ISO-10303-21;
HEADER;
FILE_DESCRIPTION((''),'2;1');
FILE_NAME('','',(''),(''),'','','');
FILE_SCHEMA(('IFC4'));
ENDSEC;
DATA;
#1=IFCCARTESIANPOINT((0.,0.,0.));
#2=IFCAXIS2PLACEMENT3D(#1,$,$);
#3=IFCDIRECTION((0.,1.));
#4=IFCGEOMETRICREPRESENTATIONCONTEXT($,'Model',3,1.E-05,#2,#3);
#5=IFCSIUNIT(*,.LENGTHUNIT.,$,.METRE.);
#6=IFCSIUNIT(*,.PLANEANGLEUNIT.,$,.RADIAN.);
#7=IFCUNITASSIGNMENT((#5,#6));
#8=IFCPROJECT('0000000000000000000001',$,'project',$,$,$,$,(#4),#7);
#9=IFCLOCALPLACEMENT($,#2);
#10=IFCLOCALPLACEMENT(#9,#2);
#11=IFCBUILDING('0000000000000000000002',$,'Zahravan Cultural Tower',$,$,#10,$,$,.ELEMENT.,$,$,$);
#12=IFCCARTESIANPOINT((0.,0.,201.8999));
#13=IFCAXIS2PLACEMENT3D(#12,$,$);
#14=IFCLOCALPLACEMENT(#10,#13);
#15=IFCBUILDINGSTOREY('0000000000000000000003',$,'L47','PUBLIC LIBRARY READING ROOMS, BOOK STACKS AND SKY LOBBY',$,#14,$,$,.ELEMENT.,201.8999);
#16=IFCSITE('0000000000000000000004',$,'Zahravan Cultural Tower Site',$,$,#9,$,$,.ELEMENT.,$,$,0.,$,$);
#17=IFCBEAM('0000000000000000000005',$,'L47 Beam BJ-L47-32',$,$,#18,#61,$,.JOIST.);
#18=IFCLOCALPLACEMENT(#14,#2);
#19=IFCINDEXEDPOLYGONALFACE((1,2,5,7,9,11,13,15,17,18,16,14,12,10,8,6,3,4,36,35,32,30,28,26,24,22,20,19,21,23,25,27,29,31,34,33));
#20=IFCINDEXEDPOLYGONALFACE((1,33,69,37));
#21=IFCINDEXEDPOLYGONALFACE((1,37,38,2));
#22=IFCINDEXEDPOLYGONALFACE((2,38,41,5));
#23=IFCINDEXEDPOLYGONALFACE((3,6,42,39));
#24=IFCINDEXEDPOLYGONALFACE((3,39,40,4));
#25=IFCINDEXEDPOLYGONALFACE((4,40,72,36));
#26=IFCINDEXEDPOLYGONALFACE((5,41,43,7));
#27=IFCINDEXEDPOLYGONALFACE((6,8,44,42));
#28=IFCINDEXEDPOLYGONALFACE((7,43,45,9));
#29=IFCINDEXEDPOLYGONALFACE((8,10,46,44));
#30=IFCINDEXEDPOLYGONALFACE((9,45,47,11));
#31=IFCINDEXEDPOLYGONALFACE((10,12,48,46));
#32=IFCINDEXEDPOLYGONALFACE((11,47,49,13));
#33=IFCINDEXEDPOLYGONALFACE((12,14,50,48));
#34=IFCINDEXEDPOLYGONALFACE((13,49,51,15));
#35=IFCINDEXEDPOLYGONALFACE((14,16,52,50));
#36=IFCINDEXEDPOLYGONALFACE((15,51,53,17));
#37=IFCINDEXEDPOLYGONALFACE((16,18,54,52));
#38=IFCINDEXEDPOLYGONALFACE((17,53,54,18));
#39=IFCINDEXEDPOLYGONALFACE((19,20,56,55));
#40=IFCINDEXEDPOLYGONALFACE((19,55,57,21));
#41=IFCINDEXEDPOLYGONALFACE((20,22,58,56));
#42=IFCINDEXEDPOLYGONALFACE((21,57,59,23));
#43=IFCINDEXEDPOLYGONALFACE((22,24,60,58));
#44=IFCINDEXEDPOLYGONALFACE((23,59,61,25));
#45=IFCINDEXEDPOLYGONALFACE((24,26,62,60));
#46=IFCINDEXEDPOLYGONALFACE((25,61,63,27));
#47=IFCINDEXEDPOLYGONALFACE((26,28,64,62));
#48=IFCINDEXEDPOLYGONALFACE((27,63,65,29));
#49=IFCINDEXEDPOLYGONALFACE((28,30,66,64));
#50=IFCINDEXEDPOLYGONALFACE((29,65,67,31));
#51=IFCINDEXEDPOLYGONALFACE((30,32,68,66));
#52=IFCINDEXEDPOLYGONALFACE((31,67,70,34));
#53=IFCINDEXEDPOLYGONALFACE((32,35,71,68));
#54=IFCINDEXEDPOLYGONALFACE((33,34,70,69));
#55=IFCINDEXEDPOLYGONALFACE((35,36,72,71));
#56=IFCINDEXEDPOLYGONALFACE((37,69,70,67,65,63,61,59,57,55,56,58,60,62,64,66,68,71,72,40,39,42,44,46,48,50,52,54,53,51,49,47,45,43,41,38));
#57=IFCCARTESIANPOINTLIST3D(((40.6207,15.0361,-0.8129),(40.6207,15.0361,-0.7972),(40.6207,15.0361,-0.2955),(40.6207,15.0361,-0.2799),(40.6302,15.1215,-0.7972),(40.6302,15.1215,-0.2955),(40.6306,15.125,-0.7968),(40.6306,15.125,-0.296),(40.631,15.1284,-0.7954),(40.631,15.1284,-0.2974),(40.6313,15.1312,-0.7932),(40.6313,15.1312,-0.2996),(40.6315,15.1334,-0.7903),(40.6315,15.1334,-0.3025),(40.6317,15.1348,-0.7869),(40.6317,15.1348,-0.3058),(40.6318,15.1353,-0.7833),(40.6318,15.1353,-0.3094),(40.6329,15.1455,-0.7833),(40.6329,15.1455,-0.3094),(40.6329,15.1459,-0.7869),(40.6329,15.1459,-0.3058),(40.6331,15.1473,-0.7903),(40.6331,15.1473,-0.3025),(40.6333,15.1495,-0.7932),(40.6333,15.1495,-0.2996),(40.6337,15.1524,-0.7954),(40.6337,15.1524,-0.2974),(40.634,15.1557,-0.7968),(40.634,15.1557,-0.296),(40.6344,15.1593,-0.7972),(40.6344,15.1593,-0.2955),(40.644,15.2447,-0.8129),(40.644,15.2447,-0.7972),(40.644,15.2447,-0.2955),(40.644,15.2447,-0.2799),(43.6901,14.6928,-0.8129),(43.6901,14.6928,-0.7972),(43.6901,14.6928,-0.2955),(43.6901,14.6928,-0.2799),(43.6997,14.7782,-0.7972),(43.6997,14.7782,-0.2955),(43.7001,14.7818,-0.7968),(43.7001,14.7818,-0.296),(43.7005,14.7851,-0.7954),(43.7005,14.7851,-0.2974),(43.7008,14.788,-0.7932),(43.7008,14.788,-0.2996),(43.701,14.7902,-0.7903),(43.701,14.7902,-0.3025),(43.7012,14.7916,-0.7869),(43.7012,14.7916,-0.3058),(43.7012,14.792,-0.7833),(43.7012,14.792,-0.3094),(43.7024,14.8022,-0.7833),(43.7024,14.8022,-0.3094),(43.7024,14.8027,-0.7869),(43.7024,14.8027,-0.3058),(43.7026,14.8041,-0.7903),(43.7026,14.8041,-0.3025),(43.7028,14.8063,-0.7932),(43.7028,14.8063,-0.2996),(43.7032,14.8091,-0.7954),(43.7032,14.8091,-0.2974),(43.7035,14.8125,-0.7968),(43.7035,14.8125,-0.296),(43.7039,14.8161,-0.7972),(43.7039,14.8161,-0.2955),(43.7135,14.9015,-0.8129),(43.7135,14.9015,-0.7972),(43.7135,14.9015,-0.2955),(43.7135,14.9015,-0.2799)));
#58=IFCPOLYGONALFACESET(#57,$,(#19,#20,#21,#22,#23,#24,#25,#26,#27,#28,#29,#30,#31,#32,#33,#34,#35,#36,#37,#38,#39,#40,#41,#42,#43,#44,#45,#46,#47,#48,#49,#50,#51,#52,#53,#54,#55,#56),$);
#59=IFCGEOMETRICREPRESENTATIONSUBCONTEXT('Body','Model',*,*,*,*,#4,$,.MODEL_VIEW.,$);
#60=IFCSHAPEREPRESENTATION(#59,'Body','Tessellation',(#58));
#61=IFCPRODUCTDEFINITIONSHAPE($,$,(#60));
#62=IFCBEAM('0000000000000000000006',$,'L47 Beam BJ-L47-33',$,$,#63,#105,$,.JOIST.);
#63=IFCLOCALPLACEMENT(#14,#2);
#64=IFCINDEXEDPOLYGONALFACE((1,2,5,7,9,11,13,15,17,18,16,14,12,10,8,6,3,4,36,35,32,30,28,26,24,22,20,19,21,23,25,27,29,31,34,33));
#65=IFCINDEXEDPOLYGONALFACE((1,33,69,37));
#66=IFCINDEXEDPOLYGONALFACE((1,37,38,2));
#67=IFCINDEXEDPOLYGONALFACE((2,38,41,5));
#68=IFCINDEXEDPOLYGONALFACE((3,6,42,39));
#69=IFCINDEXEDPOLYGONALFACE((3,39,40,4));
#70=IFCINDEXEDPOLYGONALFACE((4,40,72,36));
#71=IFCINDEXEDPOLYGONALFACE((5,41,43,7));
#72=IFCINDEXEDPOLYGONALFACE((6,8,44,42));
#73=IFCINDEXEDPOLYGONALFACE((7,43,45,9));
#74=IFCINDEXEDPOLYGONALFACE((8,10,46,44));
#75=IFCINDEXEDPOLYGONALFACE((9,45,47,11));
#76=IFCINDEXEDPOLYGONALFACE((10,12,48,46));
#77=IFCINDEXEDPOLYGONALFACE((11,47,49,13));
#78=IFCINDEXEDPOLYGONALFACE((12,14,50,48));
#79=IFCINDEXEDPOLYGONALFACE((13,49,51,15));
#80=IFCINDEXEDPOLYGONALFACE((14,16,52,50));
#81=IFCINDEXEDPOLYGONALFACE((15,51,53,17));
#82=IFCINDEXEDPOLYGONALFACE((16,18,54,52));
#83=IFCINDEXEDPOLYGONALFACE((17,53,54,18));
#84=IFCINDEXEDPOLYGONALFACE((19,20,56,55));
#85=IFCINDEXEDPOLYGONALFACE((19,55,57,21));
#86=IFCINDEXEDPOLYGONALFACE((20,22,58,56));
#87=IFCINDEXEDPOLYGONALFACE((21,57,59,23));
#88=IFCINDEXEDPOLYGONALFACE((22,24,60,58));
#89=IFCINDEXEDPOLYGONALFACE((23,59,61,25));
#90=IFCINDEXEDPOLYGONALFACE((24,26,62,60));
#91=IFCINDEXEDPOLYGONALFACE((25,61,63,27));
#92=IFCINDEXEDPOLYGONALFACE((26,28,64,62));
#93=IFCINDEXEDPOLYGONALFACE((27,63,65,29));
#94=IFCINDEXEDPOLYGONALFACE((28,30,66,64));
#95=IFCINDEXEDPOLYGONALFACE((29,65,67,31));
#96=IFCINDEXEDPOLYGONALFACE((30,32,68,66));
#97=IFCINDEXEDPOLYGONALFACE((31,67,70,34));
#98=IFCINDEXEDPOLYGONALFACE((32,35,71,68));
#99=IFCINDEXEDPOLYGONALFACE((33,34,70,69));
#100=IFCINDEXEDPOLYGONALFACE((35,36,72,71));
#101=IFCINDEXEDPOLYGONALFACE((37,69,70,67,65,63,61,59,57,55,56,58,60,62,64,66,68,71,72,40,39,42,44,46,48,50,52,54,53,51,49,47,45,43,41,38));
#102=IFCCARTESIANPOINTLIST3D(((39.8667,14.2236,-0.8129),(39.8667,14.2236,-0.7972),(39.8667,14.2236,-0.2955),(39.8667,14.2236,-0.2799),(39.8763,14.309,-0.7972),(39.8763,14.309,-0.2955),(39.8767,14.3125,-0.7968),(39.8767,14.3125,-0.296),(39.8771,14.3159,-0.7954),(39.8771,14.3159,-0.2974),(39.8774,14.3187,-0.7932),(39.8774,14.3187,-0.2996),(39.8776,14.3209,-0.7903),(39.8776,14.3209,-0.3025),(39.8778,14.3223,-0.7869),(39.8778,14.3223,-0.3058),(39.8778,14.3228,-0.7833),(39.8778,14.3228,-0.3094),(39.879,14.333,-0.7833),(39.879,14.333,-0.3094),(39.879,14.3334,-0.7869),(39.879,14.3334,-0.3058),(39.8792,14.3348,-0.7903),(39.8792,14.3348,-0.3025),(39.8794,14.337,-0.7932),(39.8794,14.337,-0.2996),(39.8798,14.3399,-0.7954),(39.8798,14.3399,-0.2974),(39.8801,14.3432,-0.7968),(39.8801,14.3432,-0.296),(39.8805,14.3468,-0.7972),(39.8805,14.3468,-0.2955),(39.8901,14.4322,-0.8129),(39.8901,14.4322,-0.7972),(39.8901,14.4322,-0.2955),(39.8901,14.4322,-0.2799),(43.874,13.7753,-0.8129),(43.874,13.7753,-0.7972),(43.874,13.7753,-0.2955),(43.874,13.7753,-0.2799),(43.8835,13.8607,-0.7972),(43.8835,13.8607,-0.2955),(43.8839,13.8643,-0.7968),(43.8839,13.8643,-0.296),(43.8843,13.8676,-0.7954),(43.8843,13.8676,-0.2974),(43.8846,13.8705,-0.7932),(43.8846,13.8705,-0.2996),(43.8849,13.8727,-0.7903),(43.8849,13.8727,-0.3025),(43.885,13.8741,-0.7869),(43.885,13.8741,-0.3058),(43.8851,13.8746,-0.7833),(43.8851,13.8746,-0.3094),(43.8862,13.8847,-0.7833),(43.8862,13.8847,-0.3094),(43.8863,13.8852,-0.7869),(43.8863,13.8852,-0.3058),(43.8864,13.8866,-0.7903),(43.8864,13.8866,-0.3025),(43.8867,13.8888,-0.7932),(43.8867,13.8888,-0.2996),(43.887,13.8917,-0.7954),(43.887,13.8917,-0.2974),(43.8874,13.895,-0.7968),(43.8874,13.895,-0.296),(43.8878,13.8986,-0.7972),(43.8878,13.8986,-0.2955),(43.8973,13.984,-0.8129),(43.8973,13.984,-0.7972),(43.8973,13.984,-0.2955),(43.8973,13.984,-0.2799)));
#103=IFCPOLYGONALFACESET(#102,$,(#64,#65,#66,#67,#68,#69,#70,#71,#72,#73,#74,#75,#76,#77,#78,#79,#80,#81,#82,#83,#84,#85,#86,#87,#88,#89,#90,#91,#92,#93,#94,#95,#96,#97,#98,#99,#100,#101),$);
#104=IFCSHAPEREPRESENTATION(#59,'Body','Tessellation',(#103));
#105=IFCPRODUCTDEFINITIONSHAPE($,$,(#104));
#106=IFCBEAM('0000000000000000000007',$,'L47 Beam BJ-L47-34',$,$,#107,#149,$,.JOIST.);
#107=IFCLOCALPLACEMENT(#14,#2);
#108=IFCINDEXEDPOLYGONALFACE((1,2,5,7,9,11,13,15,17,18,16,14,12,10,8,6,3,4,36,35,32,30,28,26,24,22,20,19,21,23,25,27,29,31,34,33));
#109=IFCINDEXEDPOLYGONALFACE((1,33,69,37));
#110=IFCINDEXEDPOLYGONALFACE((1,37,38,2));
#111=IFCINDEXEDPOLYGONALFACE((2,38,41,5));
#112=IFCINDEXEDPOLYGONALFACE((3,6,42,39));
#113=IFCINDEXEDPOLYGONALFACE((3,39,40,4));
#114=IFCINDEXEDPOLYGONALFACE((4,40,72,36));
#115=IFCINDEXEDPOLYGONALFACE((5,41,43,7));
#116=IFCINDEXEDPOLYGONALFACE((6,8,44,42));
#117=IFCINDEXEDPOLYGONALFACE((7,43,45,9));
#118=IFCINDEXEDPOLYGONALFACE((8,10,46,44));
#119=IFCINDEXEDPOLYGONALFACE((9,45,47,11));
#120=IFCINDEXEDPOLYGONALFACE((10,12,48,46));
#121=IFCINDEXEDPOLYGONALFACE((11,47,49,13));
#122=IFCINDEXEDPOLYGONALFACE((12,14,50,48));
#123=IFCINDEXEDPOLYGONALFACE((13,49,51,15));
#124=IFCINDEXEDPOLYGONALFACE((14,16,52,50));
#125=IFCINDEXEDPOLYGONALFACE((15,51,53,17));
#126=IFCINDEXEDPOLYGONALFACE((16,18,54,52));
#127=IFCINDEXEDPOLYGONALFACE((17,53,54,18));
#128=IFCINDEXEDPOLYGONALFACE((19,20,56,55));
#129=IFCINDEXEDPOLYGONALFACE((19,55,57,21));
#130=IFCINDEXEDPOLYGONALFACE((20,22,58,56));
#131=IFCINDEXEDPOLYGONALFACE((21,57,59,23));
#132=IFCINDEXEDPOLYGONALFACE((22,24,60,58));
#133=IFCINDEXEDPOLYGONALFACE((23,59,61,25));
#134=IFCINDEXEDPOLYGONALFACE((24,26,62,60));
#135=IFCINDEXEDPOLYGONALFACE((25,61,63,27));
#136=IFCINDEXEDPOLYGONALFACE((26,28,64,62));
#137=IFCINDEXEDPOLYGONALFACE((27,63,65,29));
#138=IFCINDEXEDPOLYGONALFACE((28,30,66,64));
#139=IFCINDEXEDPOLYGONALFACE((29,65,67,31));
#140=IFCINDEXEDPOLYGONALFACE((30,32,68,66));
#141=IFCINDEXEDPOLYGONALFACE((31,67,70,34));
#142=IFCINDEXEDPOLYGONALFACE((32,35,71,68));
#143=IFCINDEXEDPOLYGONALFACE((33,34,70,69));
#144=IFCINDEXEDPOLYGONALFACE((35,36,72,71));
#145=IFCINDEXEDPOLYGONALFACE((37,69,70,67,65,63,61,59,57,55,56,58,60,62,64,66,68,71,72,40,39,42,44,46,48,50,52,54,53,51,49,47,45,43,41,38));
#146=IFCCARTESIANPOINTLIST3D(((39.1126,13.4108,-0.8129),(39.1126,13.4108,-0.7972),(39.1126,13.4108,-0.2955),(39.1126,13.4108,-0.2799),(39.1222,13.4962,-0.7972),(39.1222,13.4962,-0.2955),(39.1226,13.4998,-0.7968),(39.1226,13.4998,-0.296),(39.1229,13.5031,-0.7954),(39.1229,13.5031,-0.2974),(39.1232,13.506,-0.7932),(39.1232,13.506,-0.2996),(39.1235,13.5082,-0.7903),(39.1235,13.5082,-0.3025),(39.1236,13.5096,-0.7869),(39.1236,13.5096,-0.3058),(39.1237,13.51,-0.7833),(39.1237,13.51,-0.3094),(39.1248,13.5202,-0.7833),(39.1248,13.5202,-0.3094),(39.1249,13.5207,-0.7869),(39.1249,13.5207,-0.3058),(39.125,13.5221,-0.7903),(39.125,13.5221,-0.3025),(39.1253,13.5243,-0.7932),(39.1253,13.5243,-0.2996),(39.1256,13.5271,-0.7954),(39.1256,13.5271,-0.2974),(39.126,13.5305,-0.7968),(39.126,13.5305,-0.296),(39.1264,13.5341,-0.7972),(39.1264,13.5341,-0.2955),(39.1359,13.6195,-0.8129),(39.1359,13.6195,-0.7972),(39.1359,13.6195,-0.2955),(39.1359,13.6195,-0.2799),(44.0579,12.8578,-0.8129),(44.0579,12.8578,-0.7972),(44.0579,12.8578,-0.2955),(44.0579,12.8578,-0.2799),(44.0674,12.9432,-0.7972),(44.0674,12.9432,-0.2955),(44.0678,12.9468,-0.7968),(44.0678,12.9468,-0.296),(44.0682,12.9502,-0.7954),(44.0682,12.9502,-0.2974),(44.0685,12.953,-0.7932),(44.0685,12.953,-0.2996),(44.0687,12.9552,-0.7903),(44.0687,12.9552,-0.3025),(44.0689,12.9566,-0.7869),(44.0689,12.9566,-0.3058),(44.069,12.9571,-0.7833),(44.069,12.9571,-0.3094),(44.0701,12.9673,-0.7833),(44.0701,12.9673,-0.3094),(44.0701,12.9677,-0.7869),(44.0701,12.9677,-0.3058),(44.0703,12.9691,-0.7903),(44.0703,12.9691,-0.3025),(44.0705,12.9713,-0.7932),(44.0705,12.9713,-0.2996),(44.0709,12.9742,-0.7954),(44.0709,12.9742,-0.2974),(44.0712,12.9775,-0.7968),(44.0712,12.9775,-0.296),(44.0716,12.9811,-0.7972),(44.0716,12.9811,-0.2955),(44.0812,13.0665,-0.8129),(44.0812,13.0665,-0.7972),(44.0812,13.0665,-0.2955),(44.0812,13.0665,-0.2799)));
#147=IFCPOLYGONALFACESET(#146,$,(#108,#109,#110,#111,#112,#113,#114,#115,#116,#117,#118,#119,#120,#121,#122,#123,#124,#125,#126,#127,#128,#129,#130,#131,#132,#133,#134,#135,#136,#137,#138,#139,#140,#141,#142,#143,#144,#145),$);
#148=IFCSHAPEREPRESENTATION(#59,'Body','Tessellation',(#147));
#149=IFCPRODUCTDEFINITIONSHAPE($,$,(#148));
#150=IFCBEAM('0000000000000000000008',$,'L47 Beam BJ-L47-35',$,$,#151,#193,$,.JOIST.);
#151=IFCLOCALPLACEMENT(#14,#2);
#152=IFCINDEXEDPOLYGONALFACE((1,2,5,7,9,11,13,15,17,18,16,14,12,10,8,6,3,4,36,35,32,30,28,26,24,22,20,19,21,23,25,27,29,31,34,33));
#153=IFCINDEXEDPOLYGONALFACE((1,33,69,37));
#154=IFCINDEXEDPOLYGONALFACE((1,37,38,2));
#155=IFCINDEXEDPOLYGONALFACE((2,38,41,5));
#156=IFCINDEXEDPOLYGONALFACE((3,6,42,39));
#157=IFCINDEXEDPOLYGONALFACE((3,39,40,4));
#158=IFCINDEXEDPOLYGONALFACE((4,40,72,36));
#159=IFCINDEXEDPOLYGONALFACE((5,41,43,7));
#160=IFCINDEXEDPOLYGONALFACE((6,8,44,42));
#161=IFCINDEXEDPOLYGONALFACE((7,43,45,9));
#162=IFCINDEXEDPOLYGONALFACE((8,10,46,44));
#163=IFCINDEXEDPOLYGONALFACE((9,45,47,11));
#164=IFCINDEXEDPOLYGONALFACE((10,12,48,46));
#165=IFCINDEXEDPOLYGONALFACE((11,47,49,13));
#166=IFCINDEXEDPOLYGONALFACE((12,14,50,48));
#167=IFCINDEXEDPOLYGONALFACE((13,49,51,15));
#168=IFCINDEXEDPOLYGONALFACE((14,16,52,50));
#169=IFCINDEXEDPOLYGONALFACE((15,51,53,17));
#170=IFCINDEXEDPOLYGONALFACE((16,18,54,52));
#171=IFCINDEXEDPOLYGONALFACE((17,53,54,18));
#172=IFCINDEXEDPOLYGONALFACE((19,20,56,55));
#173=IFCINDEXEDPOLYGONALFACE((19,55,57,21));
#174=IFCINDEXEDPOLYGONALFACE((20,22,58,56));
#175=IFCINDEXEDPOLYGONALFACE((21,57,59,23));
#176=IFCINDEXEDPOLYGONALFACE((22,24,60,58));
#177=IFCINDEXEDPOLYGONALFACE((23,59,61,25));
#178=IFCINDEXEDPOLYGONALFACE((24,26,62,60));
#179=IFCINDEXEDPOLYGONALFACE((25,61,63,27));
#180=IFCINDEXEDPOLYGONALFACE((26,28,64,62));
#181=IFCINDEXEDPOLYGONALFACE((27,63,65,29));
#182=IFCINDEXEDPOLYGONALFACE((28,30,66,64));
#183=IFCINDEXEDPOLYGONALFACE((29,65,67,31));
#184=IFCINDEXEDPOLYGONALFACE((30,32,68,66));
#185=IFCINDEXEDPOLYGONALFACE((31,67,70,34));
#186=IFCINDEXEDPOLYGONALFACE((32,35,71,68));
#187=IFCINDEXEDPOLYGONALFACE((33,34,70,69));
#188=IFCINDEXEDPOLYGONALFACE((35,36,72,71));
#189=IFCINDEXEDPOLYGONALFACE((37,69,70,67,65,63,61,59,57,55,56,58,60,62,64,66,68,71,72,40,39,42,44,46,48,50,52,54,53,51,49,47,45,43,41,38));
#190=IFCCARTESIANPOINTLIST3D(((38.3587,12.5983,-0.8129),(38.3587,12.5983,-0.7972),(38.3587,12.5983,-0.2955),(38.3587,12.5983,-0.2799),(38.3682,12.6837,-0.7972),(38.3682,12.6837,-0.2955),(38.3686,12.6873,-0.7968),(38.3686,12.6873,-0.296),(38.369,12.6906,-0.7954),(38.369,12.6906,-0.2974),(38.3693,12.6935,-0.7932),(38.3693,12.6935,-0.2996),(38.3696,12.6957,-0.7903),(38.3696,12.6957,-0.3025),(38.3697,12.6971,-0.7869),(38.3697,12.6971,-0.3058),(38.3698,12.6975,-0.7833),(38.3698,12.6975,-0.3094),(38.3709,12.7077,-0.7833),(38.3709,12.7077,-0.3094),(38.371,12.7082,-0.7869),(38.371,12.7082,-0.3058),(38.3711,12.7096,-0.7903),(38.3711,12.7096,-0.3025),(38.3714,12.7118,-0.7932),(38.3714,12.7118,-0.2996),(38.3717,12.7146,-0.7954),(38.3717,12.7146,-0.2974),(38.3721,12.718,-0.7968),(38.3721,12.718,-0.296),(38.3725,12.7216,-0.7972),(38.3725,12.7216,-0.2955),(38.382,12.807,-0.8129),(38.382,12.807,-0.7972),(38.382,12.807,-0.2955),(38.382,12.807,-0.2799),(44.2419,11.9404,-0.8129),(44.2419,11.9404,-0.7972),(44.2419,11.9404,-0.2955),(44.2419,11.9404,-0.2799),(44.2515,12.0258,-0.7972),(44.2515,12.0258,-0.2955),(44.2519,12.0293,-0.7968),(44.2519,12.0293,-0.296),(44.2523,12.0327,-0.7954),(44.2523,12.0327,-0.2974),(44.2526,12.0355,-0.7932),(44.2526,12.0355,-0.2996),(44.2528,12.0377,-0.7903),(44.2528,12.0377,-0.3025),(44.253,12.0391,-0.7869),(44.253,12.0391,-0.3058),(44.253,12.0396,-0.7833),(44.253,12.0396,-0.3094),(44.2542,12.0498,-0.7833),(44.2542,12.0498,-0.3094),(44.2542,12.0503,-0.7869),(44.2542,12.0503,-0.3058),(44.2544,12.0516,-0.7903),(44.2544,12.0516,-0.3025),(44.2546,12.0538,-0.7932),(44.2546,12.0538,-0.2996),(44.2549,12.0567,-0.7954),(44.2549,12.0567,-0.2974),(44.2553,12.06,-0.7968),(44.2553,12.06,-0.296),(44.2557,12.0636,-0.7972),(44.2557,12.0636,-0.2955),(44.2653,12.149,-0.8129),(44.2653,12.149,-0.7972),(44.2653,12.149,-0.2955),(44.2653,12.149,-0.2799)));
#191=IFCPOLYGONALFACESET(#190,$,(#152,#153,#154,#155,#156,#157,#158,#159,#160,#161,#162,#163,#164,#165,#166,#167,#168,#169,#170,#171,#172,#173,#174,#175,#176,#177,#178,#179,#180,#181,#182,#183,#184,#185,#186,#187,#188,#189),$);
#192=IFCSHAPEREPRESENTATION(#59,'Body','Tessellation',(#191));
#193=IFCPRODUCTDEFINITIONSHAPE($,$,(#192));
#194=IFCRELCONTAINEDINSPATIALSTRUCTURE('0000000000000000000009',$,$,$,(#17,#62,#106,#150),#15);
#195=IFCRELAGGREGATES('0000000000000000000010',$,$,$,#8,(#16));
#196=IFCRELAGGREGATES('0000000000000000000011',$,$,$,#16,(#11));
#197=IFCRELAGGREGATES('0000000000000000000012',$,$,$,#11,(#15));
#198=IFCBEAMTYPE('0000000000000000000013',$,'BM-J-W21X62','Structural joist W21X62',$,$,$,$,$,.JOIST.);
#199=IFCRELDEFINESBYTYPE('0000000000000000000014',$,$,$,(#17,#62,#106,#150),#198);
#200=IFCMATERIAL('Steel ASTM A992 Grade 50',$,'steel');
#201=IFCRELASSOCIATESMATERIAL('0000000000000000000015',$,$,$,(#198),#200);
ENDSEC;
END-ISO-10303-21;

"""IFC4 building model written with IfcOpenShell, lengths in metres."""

from ifc_helpers import new_model, si_unit, direction, frame, origin, origin_2d, place, context, subcontext, project, spatial, i_section, extrude, source, transform, mapped, material, material_profile, profile_set, type_object, element, save


model = new_model("IFC4")

# Units and contexts
model_context = context("Model", 3, precision=1e-05, world=origin(), true_north=direction((0.0, 1.0)))
body_context = subcontext(model_context, "Body", "Model", "MODEL_VIEW")
ifc_project = project(units=[si_unit("LENGTHUNIT", "METRE"), si_unit("PLANEANGLEUNIT", "RADIAN")], contexts=[model_context])

# Site, building, storey
site_placement = place(None, origin())
site = spatial("IfcSite", under=ifc_project, at=site_placement, Name="Zahravan Cultural Tower Site", CompositionType="ELEMENT", RefElevation=0.0)
building_placement = place(site_placement, origin())
building = spatial("IfcBuilding", under=site, at=building_placement, Name="Zahravan Cultural Tower", CompositionType="ELEMENT")
storey_placement = place(building_placement, frame((0.0, 0.0, 201.8999)))
storey = spatial("IfcBuildingStorey", under=building, at=storey_placement, Name="L47", Description="PUBLIC LIBRARY READING ROOMS, BOOK STACKS AND SKY LOBBY", CompositionType="ELEMENT", Elevation=201.8999)

# Shared definitions
ifc_material_1 = material(Name="Steel ASTM A992 Grade 50", Category="steel")

# Beams
ifc_material_profile_1 = material_profile(ifc_material_1, i_section(OverallWidth=0.21, OverallDepth=0.533, WebThickness=0.0103, FlangeThickness=0.0156, FilletRadius=0.0139, at=origin_2d()), Name="W21X62")
ifc_profile_set_1 = profile_set([ifc_material_profile_1], Name="Steel ASTM A992 Grade 50")
beam_type_1 = type_object("IfcBeamType", Name="BM-J-W21X62", Description="Structural joist W21X62", PredefinedType="JOIST", material=ifc_profile_set_1)
shared_shape_1 = source(origin(), body_context, "Body", "SweptSolid", [
    extrude(i_section(OverallWidth=0.21, OverallDepth=0.533, WebThickness=0.0103, FlangeThickness=0.0156, FilletRadius=0.0139, at=origin_2d()), origin(), (0.0, 0.0, 1.0), 3.0886),
])
beam_1_placement = place(storey_placement, frame((40.6323, 15.1404, -0.5464), z_axis=(0.993805, -0.111134, 0.0), x_axis=(0.111134, 0.993805, 0.0)))
element("IfcBeam", 1, at=beam_1_placement, inside=storey, type_object=beam_type_1, Name="L47 Beam BJ-L47-32", PredefinedType="JOIST", context=body_context, shape_type="MappedRepresentation", body=[
    mapped(shared_shape_1, transform((0.0, 0.0, 0.0), x_axis=(1.0, 0.0, 0.0), y_axis=(0.0, 1.0, 0.0), z_axis=(0.0, 0.0, 1.0), scale=1.0)),
])
shared_shape_2 = source(origin(), body_context, "Body", "SweptSolid", [
    extrude(i_section(OverallWidth=0.21, OverallDepth=0.533, WebThickness=0.0103, FlangeThickness=0.0156, FilletRadius=0.0139, at=origin_2d()), origin(), (0.0, 0.0, 1.0), 4.0322),
])
beam_2_placement = place(storey_placement, frame((39.8784, 14.3279, -0.5464), z_axis=(0.993802, -0.111162, 0.0), x_axis=(0.111162, 0.993802, 0.0)))
element("IfcBeam", 2, at=beam_2_placement, inside=storey, type_object=beam_type_1, Name="L47 Beam BJ-L47-33", PredefinedType="JOIST", context=body_context, shape_type="MappedRepresentation", body=[
    mapped(shared_shape_2, transform((0.0, 0.0, 0.0), x_axis=(1.0, 0.0, 0.0), y_axis=(0.0, 1.0, 0.0), z_axis=(0.0, 0.0, 1.0), scale=1.0)),
])
shared_shape_3 = source(origin(), body_context, "Body", "SweptSolid", [
    extrude(i_section(OverallWidth=0.21, OverallDepth=0.533, WebThickness=0.0103, FlangeThickness=0.0156, FilletRadius=0.0139, at=origin_2d()), origin(), (0.0, 0.0, 1.0), 4.9761),
])
beam_3_placement = place(storey_placement, frame((39.1243, 13.5151, -0.5464), z_axis=(0.993806, -0.111126, 0.0), x_axis=(0.111126, 0.993806, 0.0)))
element("IfcBeam", 3, at=beam_3_placement, inside=storey, type_object=beam_type_1, Name="L47 Beam BJ-L47-34", PredefinedType="JOIST", context=body_context, shape_type="MappedRepresentation", body=[
    mapped(shared_shape_3, transform((0.0, 0.0, 0.0), x_axis=(1.0, 0.0, 0.0), y_axis=(0.0, 1.0, 0.0), z_axis=(0.0, 0.0, 1.0), scale=1.0)),
])
shared_shape_4 = source(origin(), body_context, "Body", "SweptSolid", [
    extrude(i_section(OverallWidth=0.21, OverallDepth=0.533, WebThickness=0.0103, FlangeThickness=0.0156, FilletRadius=0.0139, at=origin_2d()), origin(), (0.0, 0.0, 1.0), 5.9199),
])
beam_4_placement = place(storey_placement, frame((38.3704, 12.7026, -0.5464), z_axis=(0.993805, -0.111142, 0.0), x_axis=(0.111142, 0.993805, 0.0)))
element("IfcBeam", 4, at=beam_4_placement, inside=storey, type_object=beam_type_1, Name="L47 Beam BJ-L47-35", PredefinedType="JOIST", context=body_context, shape_type="MappedRepresentation", body=[
    mapped(shared_shape_4, transform((0.0, 0.0, 0.0), x_axis=(1.0, 0.0, 0.0), y_axis=(0.0, 1.0, 0.0), z_axis=(0.0, 0.0, 1.0), scale=1.0)),
])

save(model, "model.ifc")
